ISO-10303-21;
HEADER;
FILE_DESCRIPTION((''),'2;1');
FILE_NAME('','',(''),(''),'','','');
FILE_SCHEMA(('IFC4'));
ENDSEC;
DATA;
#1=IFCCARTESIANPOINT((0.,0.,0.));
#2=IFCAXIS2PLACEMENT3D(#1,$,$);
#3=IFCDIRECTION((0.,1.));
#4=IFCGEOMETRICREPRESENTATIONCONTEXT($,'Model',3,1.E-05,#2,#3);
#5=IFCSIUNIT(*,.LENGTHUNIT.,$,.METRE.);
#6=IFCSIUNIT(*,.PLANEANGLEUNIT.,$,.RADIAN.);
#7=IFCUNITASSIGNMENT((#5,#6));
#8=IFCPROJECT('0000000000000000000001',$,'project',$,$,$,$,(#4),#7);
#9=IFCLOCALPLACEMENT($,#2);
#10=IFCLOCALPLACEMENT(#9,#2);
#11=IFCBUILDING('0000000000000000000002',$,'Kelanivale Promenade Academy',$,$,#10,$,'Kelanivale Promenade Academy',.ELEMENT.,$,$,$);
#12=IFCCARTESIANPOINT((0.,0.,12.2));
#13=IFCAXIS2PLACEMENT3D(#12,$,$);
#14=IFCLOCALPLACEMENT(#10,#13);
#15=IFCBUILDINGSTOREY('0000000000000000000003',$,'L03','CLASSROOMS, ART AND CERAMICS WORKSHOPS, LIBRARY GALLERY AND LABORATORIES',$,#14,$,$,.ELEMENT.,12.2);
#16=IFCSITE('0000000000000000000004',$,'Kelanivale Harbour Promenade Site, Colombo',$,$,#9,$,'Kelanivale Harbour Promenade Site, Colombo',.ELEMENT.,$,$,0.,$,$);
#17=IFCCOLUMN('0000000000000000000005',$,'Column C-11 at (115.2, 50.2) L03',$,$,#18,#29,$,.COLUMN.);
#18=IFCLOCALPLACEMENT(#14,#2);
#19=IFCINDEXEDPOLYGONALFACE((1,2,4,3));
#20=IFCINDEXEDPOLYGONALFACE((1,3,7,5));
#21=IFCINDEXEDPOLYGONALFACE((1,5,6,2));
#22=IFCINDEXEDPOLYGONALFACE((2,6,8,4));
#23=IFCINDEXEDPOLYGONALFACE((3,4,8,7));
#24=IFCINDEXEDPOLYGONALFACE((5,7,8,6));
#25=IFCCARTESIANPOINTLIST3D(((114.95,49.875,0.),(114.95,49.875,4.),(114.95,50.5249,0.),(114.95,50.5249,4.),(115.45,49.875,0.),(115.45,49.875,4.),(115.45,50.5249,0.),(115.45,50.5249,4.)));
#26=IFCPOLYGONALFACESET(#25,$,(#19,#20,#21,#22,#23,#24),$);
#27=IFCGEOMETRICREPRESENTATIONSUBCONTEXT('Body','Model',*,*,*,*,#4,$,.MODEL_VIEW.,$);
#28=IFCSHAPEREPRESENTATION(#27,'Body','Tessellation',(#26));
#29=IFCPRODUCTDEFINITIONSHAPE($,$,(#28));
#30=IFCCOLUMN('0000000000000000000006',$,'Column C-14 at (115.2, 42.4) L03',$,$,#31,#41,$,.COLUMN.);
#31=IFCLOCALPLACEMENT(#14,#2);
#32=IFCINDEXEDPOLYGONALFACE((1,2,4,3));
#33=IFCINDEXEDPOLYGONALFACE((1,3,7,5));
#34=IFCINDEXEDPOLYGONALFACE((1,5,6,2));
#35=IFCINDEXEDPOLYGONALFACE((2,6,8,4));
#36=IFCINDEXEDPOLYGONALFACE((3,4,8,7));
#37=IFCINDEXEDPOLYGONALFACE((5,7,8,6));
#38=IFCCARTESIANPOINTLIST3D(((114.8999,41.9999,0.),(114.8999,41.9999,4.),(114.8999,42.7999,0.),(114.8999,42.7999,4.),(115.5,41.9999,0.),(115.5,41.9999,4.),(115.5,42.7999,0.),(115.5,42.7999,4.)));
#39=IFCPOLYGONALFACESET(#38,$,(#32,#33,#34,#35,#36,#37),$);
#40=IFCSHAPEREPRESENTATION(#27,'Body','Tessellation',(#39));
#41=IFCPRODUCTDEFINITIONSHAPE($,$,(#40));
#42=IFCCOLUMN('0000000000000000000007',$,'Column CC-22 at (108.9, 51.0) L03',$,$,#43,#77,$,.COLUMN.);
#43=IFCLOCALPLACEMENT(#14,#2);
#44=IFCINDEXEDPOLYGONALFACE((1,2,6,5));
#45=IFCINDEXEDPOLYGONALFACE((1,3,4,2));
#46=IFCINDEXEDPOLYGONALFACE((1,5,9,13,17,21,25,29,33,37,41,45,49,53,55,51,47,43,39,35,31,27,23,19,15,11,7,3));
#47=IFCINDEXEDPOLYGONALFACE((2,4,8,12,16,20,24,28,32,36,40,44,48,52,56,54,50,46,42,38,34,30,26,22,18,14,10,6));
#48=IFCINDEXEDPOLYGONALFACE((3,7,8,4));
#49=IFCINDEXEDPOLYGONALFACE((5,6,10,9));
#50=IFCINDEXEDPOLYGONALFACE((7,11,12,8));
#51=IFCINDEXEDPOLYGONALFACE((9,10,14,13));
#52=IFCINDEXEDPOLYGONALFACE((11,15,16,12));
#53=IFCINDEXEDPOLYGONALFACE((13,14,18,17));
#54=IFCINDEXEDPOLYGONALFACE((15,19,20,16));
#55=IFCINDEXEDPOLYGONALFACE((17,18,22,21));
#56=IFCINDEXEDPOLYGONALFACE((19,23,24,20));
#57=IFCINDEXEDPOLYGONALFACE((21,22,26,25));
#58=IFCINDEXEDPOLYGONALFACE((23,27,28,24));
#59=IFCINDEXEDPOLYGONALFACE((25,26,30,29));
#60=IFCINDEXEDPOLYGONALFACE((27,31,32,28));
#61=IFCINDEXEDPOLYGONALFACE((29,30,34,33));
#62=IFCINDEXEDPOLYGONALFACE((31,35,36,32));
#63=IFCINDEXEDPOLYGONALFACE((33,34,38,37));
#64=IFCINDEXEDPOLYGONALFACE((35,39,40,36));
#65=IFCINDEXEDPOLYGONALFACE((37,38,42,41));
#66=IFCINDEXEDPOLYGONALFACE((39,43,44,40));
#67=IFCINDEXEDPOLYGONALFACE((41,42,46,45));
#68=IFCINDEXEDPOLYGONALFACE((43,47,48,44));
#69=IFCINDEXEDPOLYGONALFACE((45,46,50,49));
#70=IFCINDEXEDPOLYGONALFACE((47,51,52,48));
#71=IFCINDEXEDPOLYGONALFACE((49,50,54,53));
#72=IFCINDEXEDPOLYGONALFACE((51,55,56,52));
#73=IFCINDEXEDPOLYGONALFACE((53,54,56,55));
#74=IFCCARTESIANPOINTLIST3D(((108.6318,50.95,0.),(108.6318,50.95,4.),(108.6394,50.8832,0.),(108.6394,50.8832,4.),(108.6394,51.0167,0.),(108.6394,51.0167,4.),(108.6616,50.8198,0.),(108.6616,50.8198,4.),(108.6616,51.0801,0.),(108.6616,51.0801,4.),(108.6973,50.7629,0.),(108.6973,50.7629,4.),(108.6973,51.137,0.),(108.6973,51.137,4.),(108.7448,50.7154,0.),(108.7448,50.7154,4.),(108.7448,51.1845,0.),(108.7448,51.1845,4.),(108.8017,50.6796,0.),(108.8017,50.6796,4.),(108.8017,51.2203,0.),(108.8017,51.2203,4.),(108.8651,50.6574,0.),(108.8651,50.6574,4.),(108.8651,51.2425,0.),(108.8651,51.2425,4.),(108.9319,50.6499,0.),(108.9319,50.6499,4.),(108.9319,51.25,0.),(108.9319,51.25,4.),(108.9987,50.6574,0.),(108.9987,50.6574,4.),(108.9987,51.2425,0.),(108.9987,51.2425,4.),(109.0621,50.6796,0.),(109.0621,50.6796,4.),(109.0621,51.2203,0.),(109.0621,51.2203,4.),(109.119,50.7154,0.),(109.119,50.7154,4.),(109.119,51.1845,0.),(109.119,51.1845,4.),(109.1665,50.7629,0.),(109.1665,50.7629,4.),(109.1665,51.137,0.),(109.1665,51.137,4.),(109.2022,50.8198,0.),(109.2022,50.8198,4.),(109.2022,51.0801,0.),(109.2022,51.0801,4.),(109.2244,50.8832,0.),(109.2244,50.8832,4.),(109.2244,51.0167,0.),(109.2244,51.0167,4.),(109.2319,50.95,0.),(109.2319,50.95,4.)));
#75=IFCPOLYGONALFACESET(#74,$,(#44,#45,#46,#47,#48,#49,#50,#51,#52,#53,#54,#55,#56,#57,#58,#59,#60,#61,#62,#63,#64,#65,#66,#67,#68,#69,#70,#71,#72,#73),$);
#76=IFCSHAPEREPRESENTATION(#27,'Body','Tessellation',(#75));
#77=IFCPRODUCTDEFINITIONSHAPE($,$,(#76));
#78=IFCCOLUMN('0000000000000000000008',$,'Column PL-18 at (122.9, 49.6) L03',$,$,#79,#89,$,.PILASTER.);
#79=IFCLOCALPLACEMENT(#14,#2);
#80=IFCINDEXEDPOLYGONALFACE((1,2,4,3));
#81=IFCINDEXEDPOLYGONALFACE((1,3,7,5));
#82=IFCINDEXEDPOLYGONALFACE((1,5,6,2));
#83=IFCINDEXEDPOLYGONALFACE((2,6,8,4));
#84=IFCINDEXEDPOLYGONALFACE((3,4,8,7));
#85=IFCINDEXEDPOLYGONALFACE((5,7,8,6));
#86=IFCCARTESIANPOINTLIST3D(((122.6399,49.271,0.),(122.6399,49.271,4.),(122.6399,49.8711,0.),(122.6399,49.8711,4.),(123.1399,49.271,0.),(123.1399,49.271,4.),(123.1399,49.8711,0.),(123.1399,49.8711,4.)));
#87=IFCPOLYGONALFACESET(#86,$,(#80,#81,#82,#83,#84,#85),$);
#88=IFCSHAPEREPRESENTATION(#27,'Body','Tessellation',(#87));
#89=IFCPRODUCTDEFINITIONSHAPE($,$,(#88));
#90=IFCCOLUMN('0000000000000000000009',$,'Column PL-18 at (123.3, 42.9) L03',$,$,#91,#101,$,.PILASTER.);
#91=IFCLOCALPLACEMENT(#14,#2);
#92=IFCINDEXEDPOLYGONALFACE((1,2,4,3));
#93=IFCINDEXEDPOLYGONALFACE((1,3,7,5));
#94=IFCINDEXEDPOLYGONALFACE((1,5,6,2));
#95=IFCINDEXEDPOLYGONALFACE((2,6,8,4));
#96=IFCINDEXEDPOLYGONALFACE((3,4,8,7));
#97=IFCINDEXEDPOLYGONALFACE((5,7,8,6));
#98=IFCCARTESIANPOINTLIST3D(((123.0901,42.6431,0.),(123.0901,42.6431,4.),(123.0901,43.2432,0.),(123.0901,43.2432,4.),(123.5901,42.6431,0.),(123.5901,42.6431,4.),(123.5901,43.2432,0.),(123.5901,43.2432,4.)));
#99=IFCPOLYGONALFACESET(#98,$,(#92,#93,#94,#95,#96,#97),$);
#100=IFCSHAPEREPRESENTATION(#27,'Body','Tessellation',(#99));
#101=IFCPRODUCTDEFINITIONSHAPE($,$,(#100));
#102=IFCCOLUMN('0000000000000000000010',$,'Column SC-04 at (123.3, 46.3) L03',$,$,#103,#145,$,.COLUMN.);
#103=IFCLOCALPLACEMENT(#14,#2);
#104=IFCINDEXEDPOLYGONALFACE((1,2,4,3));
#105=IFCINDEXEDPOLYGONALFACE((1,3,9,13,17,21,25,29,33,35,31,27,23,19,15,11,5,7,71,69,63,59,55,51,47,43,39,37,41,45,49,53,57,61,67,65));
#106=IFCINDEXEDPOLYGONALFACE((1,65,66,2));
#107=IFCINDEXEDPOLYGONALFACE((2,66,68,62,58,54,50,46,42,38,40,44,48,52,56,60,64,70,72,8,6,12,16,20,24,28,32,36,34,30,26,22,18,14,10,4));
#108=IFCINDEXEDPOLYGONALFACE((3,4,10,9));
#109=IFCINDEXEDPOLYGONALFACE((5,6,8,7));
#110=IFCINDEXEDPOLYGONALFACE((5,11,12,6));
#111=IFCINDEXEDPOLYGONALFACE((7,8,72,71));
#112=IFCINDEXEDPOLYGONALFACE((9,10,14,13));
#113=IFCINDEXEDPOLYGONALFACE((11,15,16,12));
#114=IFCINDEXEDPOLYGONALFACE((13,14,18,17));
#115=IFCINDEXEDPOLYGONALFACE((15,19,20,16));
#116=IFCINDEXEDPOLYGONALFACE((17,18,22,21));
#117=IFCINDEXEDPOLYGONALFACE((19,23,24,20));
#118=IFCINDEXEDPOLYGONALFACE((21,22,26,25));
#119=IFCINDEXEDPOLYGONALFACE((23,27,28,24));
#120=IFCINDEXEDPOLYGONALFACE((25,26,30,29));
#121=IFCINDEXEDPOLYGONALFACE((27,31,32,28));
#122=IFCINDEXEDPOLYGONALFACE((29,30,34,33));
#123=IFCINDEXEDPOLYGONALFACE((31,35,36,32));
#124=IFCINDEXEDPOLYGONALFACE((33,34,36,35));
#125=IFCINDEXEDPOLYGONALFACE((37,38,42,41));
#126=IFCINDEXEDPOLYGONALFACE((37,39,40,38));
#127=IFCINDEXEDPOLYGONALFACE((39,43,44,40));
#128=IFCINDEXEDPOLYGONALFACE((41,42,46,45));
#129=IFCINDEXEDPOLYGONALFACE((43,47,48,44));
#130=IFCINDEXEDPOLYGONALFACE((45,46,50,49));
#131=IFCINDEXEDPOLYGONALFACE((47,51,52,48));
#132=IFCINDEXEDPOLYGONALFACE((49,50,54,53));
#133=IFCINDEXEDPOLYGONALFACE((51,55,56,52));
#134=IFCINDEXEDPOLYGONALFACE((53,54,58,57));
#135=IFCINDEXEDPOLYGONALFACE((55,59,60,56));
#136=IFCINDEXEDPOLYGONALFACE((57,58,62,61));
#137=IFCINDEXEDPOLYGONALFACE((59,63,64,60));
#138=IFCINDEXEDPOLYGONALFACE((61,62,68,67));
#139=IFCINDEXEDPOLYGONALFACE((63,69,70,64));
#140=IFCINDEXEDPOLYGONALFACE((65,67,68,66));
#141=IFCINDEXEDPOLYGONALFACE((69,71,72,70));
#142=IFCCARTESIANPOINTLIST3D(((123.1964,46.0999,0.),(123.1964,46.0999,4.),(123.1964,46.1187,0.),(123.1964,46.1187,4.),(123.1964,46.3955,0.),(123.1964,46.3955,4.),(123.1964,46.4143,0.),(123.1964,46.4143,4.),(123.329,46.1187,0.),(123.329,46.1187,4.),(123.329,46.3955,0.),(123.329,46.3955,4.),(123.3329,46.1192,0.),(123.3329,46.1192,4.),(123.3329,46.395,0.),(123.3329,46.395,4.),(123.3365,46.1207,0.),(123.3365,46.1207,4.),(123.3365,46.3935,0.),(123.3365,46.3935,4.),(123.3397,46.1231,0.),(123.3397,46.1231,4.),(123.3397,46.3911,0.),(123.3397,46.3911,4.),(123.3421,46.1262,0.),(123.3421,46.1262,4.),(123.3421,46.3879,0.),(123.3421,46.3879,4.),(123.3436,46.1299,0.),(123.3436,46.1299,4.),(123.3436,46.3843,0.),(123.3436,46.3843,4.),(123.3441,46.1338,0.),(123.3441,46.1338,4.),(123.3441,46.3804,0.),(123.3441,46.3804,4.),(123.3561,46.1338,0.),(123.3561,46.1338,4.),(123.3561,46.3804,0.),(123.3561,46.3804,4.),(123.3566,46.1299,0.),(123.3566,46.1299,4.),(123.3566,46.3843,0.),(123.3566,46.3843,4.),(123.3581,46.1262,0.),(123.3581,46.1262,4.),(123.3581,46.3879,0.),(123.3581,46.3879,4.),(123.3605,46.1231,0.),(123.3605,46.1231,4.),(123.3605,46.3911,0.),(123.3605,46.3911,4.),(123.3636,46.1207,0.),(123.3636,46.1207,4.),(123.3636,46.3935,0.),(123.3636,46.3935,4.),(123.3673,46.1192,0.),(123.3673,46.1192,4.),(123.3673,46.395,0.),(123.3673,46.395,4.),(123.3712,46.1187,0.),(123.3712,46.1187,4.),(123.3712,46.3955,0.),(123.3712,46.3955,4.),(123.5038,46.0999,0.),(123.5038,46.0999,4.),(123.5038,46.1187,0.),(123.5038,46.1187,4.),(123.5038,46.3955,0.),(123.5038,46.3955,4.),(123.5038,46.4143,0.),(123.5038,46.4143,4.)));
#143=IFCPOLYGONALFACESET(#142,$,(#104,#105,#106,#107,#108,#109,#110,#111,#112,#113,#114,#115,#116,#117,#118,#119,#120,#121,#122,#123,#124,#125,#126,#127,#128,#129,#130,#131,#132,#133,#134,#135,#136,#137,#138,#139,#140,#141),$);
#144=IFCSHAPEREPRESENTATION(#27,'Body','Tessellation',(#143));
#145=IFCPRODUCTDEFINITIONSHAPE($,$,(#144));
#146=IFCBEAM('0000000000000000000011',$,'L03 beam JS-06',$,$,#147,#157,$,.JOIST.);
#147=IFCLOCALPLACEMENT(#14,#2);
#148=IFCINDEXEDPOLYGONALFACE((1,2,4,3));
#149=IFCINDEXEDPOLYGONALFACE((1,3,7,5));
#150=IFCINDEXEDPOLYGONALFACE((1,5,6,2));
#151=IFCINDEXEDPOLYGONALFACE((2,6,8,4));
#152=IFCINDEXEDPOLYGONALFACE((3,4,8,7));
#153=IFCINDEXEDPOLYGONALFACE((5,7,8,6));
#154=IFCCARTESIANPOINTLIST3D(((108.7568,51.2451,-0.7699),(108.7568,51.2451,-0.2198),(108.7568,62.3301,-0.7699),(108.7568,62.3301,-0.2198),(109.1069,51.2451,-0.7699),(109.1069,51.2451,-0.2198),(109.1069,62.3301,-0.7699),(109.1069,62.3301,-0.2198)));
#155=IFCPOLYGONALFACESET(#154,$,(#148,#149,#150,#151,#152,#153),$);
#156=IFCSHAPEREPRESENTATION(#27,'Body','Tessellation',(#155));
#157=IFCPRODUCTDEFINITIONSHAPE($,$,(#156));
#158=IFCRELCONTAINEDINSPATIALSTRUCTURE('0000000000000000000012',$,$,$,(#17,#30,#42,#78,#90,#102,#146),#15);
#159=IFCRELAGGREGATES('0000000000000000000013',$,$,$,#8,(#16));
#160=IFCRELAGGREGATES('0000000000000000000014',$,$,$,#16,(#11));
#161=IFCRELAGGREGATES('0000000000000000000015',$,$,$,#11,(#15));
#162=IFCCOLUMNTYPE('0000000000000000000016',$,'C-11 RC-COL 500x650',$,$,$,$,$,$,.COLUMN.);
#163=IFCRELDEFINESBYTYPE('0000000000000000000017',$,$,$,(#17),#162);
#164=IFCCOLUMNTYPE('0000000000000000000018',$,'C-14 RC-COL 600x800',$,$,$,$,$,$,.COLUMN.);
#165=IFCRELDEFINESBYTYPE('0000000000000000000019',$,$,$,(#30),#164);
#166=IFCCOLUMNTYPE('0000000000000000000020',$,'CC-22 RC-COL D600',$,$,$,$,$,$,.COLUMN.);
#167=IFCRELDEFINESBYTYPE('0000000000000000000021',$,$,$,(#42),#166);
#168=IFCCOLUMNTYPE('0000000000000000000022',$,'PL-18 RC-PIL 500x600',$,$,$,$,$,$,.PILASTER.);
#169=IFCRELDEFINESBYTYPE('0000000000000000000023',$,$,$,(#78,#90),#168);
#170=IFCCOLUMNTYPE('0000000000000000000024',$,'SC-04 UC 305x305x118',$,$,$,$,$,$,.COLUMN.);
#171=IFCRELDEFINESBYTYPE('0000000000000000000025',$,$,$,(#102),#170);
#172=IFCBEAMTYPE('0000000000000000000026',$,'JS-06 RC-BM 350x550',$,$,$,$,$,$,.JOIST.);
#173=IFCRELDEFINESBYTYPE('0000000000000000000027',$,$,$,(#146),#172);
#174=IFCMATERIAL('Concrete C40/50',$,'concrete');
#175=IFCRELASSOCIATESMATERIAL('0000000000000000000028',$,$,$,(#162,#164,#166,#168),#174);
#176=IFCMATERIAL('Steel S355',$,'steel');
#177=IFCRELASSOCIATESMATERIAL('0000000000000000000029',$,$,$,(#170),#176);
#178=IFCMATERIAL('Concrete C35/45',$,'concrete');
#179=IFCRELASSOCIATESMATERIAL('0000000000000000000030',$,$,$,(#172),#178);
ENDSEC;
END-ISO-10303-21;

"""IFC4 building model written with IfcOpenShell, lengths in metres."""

from ifc_helpers import new_model, si_unit, direction, frame, origin, origin_2d, place, context, subcontext, project, spatial, rectangle, circle, i_section, extrude, material, material_profile, profile_set, type_object, element, save


model = new_model("IFC4")

# Units and contexts
model_context = context("Model", 3, precision=1e-05, world=origin(), true_north=direction((0.0, 1.0)))
body_context = subcontext(model_context, "Body", "Model", "MODEL_VIEW")
ifc_project = project(units=[si_unit("LENGTHUNIT", "METRE"), si_unit("PLANEANGLEUNIT", "RADIAN")], contexts=[model_context])

# Site, building, storey
site_placement = place(None, origin())
site = spatial("IfcSite", under=ifc_project, at=site_placement, Name="Kelanivale Harbour Promenade Site, Colombo", LongName="Kelanivale Harbour Promenade Site, Colombo", CompositionType="ELEMENT", RefElevation=0.0)
building_placement = place(site_placement, origin())
building = spatial("IfcBuilding", under=site, at=building_placement, Name="Kelanivale Promenade Academy", LongName="Kelanivale Promenade Academy", CompositionType="ELEMENT")
storey_placement = place(building_placement, frame((0.0, 0.0, 12.2)))
storey = spatial("IfcBuildingStorey", under=building, at=storey_placement, Name="L03", Description="CLASSROOMS, ART AND CERAMICS WORKSHOPS, LIBRARY GALLERY AND LABORATORIES", CompositionType="ELEMENT", Elevation=12.2)

# Columns
ifc_material_1 = material(Name="Concrete C40/50", Category="concrete")
ifc_material_profile_1 = material_profile(ifc_material_1, rectangle(XDim=0.5, YDim=0.6499, at=origin_2d()), Name="RC-COL 500x650")
ifc_profile_set_1 = profile_set([ifc_material_profile_1], Name="Concrete C40/50")
column_type_1 = type_object("IfcColumnType", Name="C-11 RC-COL 500x650", PredefinedType="COLUMN", material=ifc_profile_set_1)
column_1_placement = place(storey_placement, frame((115.2, 50.2, 0.0), z_axis=(0.0, 0.0, 1.0), x_axis=(1.0, 0.0, 0.0)))
element("IfcColumn", 1, at=column_1_placement, inside=storey, type_object=column_type_1, Name="Column C-11 at (115.2, 50.2) L03", PredefinedType="COLUMN", context=body_context, shape_type="SweptSolid", body=[
    extrude(rectangle(XDim=0.5, YDim=0.6499, at=origin_2d()), origin(), (0.0, 0.0, 1.0), 4.0),
])
ifc_material_profile_2 = material_profile(ifc_material_1, rectangle(XDim=0.6001, YDim=0.8, at=origin_2d()), Name="RC-COL 600x800")
ifc_profile_set_2 = profile_set([ifc_material_profile_2], Name="Concrete C40/50")
column_type_2 = type_object("IfcColumnType", Name="C-14 RC-COL 600x800", PredefinedType="COLUMN", material=ifc_profile_set_2)
column_2_placement = place(storey_placement, frame((115.2, 42.3999, 0.0), z_axis=(0.0, 0.0, 1.0), x_axis=(1.0, 0.0, 0.0)))
element("IfcColumn", 2, at=column_2_placement, inside=storey, type_object=column_type_2, Name="Column C-14 at (115.2, 42.4) L03", PredefinedType="COLUMN", context=body_context, shape_type="SweptSolid", body=[
    extrude(rectangle(XDim=0.6001, YDim=0.8, at=origin_2d()), origin(), (0.0, 0.0, 1.0), 4.0),
])
ifc_material_profile_3 = material_profile(ifc_material_1, circle(Radius=0.3, at=origin_2d()), Name="RC-COL D600")
ifc_profile_set_3 = profile_set([ifc_material_profile_3], Name="Concrete C40/50")
column_type_3 = type_object("IfcColumnType", Name="CC-22 RC-COL D600", PredefinedType="COLUMN", material=ifc_profile_set_3)
column_3_placement = place(storey_placement, frame((108.9319, 50.95, 0.0), z_axis=(0.0, 0.0, 1.0), x_axis=(1.0, 0.0, 0.0)))
element("IfcColumn", 3, at=column_3_placement, inside=storey, type_object=column_type_3, Name="Column CC-22 at (108.9, 51.0) L03", PredefinedType="COLUMN", context=body_context, shape_type="SweptSolid", body=[
    extrude(circle(Radius=0.3, at=origin_2d()), origin(), (0.0, 0.0, 1.0), 4.0),
])
ifc_material_profile_4 = material_profile(ifc_material_1, rectangle(XDim=0.5, YDim=0.6001, at=origin_2d()), Name="RC-PIL 500x600")
ifc_profile_set_4 = profile_set([ifc_material_profile_4], Name="Concrete C40/50")
column_type_4 = type_object("IfcColumnType", Name="PL-18 RC-PIL 500x600", PredefinedType="PILASTER", material=ifc_profile_set_4)
for number, where, z_axis, x_axis, name in (
    (4, (122.8899, 49.571, 0.0), (0.0, 0.0, 1.0), (1.0, 0.0, 0.0), "Column PL-18 at (122.9, 49.6) L03"),
    (5, (123.3401, 42.9431, 0.0), (0.0, 0.0, 1.0), (1.0, 0.0, 0.0), "Column PL-18 at (123.3, 42.9) L03"),
):
    element("IfcColumn", number, at=place(storey_placement, frame(where, z_axis=z_axis, x_axis=x_axis)), inside=storey, type_object=column_type_4, Name=name, PredefinedType="PILASTER", context=body_context, shape_type="SweptSolid", body=[
        extrude(rectangle(XDim=0.5, YDim=0.6001, at=origin_2d()), origin(), (0.0, 0.0, 1.0), 4.0),
    ])
ifc_material_2 = material(Name="Steel S355", Category="steel")
ifc_material_profile_5 = material_profile(ifc_material_2, i_section(OverallWidth=0.3074, OverallDepth=0.3145, WebThickness=0.012, FlangeThickness=0.0188, FilletRadius=0.0151, at=origin_2d()), Name="UC 305x305x118")
ifc_profile_set_5 = profile_set([ifc_material_profile_5], Name="Steel S355")
column_type_5 = type_object("IfcColumnType", Name="SC-04 UC 305x305x118", PredefinedType="COLUMN", material=ifc_profile_set_5)
column_4_placement = place(storey_placement, frame((123.3501, 46.2571, 0.0), z_axis=(0.0, 0.0, 1.0), x_axis=(1.0, 0.0, 0.0)))
element("IfcColumn", 6, at=column_4_placement, inside=storey, type_object=column_type_5, Name="Column SC-04 at (123.3, 46.3) L03", PredefinedType="COLUMN", context=body_context, shape_type="SweptSolid", body=[
    extrude(i_section(OverallWidth=0.3074, OverallDepth=0.3145, WebThickness=0.012, FlangeThickness=0.0188, FilletRadius=0.0151, at=origin_2d()), origin(), (0.0, 0.0, 1.0), 4.0),
])

# Beam
ifc_material_3 = material(Name="Concrete C35/45", Category="concrete")
ifc_material_profile_6 = material_profile(ifc_material_3, rectangle(XDim=0.3501, YDim=0.55, at=origin_2d()), Name="RC-BM 350x550")
ifc_profile_set_6 = profile_set([ifc_material_profile_6], Name="Concrete C35/45")
beam_type_1 = type_object("IfcBeamType", Name="JS-06 RC-BM 350x550", PredefinedType="JOIST", material=ifc_profile_set_6)
beam_1_placement = place(storey_placement, frame((108.9319, 51.2451, -0.4949), z_axis=(0.0, 1.0, 0.0), x_axis=(-1.0, 0.0, 0.0)))
element("IfcBeam", 7, at=beam_1_placement, inside=storey, type_object=beam_type_1, Name="L03 beam JS-06", PredefinedType="JOIST", context=body_context, shape_type="SweptSolid", body=[
    extrude(rectangle(XDim=0.3501, YDim=0.55, at=origin_2d()), origin(), (0.0, 0.0, 1.0), 11.085),
])

save(model, "model.ifc")
